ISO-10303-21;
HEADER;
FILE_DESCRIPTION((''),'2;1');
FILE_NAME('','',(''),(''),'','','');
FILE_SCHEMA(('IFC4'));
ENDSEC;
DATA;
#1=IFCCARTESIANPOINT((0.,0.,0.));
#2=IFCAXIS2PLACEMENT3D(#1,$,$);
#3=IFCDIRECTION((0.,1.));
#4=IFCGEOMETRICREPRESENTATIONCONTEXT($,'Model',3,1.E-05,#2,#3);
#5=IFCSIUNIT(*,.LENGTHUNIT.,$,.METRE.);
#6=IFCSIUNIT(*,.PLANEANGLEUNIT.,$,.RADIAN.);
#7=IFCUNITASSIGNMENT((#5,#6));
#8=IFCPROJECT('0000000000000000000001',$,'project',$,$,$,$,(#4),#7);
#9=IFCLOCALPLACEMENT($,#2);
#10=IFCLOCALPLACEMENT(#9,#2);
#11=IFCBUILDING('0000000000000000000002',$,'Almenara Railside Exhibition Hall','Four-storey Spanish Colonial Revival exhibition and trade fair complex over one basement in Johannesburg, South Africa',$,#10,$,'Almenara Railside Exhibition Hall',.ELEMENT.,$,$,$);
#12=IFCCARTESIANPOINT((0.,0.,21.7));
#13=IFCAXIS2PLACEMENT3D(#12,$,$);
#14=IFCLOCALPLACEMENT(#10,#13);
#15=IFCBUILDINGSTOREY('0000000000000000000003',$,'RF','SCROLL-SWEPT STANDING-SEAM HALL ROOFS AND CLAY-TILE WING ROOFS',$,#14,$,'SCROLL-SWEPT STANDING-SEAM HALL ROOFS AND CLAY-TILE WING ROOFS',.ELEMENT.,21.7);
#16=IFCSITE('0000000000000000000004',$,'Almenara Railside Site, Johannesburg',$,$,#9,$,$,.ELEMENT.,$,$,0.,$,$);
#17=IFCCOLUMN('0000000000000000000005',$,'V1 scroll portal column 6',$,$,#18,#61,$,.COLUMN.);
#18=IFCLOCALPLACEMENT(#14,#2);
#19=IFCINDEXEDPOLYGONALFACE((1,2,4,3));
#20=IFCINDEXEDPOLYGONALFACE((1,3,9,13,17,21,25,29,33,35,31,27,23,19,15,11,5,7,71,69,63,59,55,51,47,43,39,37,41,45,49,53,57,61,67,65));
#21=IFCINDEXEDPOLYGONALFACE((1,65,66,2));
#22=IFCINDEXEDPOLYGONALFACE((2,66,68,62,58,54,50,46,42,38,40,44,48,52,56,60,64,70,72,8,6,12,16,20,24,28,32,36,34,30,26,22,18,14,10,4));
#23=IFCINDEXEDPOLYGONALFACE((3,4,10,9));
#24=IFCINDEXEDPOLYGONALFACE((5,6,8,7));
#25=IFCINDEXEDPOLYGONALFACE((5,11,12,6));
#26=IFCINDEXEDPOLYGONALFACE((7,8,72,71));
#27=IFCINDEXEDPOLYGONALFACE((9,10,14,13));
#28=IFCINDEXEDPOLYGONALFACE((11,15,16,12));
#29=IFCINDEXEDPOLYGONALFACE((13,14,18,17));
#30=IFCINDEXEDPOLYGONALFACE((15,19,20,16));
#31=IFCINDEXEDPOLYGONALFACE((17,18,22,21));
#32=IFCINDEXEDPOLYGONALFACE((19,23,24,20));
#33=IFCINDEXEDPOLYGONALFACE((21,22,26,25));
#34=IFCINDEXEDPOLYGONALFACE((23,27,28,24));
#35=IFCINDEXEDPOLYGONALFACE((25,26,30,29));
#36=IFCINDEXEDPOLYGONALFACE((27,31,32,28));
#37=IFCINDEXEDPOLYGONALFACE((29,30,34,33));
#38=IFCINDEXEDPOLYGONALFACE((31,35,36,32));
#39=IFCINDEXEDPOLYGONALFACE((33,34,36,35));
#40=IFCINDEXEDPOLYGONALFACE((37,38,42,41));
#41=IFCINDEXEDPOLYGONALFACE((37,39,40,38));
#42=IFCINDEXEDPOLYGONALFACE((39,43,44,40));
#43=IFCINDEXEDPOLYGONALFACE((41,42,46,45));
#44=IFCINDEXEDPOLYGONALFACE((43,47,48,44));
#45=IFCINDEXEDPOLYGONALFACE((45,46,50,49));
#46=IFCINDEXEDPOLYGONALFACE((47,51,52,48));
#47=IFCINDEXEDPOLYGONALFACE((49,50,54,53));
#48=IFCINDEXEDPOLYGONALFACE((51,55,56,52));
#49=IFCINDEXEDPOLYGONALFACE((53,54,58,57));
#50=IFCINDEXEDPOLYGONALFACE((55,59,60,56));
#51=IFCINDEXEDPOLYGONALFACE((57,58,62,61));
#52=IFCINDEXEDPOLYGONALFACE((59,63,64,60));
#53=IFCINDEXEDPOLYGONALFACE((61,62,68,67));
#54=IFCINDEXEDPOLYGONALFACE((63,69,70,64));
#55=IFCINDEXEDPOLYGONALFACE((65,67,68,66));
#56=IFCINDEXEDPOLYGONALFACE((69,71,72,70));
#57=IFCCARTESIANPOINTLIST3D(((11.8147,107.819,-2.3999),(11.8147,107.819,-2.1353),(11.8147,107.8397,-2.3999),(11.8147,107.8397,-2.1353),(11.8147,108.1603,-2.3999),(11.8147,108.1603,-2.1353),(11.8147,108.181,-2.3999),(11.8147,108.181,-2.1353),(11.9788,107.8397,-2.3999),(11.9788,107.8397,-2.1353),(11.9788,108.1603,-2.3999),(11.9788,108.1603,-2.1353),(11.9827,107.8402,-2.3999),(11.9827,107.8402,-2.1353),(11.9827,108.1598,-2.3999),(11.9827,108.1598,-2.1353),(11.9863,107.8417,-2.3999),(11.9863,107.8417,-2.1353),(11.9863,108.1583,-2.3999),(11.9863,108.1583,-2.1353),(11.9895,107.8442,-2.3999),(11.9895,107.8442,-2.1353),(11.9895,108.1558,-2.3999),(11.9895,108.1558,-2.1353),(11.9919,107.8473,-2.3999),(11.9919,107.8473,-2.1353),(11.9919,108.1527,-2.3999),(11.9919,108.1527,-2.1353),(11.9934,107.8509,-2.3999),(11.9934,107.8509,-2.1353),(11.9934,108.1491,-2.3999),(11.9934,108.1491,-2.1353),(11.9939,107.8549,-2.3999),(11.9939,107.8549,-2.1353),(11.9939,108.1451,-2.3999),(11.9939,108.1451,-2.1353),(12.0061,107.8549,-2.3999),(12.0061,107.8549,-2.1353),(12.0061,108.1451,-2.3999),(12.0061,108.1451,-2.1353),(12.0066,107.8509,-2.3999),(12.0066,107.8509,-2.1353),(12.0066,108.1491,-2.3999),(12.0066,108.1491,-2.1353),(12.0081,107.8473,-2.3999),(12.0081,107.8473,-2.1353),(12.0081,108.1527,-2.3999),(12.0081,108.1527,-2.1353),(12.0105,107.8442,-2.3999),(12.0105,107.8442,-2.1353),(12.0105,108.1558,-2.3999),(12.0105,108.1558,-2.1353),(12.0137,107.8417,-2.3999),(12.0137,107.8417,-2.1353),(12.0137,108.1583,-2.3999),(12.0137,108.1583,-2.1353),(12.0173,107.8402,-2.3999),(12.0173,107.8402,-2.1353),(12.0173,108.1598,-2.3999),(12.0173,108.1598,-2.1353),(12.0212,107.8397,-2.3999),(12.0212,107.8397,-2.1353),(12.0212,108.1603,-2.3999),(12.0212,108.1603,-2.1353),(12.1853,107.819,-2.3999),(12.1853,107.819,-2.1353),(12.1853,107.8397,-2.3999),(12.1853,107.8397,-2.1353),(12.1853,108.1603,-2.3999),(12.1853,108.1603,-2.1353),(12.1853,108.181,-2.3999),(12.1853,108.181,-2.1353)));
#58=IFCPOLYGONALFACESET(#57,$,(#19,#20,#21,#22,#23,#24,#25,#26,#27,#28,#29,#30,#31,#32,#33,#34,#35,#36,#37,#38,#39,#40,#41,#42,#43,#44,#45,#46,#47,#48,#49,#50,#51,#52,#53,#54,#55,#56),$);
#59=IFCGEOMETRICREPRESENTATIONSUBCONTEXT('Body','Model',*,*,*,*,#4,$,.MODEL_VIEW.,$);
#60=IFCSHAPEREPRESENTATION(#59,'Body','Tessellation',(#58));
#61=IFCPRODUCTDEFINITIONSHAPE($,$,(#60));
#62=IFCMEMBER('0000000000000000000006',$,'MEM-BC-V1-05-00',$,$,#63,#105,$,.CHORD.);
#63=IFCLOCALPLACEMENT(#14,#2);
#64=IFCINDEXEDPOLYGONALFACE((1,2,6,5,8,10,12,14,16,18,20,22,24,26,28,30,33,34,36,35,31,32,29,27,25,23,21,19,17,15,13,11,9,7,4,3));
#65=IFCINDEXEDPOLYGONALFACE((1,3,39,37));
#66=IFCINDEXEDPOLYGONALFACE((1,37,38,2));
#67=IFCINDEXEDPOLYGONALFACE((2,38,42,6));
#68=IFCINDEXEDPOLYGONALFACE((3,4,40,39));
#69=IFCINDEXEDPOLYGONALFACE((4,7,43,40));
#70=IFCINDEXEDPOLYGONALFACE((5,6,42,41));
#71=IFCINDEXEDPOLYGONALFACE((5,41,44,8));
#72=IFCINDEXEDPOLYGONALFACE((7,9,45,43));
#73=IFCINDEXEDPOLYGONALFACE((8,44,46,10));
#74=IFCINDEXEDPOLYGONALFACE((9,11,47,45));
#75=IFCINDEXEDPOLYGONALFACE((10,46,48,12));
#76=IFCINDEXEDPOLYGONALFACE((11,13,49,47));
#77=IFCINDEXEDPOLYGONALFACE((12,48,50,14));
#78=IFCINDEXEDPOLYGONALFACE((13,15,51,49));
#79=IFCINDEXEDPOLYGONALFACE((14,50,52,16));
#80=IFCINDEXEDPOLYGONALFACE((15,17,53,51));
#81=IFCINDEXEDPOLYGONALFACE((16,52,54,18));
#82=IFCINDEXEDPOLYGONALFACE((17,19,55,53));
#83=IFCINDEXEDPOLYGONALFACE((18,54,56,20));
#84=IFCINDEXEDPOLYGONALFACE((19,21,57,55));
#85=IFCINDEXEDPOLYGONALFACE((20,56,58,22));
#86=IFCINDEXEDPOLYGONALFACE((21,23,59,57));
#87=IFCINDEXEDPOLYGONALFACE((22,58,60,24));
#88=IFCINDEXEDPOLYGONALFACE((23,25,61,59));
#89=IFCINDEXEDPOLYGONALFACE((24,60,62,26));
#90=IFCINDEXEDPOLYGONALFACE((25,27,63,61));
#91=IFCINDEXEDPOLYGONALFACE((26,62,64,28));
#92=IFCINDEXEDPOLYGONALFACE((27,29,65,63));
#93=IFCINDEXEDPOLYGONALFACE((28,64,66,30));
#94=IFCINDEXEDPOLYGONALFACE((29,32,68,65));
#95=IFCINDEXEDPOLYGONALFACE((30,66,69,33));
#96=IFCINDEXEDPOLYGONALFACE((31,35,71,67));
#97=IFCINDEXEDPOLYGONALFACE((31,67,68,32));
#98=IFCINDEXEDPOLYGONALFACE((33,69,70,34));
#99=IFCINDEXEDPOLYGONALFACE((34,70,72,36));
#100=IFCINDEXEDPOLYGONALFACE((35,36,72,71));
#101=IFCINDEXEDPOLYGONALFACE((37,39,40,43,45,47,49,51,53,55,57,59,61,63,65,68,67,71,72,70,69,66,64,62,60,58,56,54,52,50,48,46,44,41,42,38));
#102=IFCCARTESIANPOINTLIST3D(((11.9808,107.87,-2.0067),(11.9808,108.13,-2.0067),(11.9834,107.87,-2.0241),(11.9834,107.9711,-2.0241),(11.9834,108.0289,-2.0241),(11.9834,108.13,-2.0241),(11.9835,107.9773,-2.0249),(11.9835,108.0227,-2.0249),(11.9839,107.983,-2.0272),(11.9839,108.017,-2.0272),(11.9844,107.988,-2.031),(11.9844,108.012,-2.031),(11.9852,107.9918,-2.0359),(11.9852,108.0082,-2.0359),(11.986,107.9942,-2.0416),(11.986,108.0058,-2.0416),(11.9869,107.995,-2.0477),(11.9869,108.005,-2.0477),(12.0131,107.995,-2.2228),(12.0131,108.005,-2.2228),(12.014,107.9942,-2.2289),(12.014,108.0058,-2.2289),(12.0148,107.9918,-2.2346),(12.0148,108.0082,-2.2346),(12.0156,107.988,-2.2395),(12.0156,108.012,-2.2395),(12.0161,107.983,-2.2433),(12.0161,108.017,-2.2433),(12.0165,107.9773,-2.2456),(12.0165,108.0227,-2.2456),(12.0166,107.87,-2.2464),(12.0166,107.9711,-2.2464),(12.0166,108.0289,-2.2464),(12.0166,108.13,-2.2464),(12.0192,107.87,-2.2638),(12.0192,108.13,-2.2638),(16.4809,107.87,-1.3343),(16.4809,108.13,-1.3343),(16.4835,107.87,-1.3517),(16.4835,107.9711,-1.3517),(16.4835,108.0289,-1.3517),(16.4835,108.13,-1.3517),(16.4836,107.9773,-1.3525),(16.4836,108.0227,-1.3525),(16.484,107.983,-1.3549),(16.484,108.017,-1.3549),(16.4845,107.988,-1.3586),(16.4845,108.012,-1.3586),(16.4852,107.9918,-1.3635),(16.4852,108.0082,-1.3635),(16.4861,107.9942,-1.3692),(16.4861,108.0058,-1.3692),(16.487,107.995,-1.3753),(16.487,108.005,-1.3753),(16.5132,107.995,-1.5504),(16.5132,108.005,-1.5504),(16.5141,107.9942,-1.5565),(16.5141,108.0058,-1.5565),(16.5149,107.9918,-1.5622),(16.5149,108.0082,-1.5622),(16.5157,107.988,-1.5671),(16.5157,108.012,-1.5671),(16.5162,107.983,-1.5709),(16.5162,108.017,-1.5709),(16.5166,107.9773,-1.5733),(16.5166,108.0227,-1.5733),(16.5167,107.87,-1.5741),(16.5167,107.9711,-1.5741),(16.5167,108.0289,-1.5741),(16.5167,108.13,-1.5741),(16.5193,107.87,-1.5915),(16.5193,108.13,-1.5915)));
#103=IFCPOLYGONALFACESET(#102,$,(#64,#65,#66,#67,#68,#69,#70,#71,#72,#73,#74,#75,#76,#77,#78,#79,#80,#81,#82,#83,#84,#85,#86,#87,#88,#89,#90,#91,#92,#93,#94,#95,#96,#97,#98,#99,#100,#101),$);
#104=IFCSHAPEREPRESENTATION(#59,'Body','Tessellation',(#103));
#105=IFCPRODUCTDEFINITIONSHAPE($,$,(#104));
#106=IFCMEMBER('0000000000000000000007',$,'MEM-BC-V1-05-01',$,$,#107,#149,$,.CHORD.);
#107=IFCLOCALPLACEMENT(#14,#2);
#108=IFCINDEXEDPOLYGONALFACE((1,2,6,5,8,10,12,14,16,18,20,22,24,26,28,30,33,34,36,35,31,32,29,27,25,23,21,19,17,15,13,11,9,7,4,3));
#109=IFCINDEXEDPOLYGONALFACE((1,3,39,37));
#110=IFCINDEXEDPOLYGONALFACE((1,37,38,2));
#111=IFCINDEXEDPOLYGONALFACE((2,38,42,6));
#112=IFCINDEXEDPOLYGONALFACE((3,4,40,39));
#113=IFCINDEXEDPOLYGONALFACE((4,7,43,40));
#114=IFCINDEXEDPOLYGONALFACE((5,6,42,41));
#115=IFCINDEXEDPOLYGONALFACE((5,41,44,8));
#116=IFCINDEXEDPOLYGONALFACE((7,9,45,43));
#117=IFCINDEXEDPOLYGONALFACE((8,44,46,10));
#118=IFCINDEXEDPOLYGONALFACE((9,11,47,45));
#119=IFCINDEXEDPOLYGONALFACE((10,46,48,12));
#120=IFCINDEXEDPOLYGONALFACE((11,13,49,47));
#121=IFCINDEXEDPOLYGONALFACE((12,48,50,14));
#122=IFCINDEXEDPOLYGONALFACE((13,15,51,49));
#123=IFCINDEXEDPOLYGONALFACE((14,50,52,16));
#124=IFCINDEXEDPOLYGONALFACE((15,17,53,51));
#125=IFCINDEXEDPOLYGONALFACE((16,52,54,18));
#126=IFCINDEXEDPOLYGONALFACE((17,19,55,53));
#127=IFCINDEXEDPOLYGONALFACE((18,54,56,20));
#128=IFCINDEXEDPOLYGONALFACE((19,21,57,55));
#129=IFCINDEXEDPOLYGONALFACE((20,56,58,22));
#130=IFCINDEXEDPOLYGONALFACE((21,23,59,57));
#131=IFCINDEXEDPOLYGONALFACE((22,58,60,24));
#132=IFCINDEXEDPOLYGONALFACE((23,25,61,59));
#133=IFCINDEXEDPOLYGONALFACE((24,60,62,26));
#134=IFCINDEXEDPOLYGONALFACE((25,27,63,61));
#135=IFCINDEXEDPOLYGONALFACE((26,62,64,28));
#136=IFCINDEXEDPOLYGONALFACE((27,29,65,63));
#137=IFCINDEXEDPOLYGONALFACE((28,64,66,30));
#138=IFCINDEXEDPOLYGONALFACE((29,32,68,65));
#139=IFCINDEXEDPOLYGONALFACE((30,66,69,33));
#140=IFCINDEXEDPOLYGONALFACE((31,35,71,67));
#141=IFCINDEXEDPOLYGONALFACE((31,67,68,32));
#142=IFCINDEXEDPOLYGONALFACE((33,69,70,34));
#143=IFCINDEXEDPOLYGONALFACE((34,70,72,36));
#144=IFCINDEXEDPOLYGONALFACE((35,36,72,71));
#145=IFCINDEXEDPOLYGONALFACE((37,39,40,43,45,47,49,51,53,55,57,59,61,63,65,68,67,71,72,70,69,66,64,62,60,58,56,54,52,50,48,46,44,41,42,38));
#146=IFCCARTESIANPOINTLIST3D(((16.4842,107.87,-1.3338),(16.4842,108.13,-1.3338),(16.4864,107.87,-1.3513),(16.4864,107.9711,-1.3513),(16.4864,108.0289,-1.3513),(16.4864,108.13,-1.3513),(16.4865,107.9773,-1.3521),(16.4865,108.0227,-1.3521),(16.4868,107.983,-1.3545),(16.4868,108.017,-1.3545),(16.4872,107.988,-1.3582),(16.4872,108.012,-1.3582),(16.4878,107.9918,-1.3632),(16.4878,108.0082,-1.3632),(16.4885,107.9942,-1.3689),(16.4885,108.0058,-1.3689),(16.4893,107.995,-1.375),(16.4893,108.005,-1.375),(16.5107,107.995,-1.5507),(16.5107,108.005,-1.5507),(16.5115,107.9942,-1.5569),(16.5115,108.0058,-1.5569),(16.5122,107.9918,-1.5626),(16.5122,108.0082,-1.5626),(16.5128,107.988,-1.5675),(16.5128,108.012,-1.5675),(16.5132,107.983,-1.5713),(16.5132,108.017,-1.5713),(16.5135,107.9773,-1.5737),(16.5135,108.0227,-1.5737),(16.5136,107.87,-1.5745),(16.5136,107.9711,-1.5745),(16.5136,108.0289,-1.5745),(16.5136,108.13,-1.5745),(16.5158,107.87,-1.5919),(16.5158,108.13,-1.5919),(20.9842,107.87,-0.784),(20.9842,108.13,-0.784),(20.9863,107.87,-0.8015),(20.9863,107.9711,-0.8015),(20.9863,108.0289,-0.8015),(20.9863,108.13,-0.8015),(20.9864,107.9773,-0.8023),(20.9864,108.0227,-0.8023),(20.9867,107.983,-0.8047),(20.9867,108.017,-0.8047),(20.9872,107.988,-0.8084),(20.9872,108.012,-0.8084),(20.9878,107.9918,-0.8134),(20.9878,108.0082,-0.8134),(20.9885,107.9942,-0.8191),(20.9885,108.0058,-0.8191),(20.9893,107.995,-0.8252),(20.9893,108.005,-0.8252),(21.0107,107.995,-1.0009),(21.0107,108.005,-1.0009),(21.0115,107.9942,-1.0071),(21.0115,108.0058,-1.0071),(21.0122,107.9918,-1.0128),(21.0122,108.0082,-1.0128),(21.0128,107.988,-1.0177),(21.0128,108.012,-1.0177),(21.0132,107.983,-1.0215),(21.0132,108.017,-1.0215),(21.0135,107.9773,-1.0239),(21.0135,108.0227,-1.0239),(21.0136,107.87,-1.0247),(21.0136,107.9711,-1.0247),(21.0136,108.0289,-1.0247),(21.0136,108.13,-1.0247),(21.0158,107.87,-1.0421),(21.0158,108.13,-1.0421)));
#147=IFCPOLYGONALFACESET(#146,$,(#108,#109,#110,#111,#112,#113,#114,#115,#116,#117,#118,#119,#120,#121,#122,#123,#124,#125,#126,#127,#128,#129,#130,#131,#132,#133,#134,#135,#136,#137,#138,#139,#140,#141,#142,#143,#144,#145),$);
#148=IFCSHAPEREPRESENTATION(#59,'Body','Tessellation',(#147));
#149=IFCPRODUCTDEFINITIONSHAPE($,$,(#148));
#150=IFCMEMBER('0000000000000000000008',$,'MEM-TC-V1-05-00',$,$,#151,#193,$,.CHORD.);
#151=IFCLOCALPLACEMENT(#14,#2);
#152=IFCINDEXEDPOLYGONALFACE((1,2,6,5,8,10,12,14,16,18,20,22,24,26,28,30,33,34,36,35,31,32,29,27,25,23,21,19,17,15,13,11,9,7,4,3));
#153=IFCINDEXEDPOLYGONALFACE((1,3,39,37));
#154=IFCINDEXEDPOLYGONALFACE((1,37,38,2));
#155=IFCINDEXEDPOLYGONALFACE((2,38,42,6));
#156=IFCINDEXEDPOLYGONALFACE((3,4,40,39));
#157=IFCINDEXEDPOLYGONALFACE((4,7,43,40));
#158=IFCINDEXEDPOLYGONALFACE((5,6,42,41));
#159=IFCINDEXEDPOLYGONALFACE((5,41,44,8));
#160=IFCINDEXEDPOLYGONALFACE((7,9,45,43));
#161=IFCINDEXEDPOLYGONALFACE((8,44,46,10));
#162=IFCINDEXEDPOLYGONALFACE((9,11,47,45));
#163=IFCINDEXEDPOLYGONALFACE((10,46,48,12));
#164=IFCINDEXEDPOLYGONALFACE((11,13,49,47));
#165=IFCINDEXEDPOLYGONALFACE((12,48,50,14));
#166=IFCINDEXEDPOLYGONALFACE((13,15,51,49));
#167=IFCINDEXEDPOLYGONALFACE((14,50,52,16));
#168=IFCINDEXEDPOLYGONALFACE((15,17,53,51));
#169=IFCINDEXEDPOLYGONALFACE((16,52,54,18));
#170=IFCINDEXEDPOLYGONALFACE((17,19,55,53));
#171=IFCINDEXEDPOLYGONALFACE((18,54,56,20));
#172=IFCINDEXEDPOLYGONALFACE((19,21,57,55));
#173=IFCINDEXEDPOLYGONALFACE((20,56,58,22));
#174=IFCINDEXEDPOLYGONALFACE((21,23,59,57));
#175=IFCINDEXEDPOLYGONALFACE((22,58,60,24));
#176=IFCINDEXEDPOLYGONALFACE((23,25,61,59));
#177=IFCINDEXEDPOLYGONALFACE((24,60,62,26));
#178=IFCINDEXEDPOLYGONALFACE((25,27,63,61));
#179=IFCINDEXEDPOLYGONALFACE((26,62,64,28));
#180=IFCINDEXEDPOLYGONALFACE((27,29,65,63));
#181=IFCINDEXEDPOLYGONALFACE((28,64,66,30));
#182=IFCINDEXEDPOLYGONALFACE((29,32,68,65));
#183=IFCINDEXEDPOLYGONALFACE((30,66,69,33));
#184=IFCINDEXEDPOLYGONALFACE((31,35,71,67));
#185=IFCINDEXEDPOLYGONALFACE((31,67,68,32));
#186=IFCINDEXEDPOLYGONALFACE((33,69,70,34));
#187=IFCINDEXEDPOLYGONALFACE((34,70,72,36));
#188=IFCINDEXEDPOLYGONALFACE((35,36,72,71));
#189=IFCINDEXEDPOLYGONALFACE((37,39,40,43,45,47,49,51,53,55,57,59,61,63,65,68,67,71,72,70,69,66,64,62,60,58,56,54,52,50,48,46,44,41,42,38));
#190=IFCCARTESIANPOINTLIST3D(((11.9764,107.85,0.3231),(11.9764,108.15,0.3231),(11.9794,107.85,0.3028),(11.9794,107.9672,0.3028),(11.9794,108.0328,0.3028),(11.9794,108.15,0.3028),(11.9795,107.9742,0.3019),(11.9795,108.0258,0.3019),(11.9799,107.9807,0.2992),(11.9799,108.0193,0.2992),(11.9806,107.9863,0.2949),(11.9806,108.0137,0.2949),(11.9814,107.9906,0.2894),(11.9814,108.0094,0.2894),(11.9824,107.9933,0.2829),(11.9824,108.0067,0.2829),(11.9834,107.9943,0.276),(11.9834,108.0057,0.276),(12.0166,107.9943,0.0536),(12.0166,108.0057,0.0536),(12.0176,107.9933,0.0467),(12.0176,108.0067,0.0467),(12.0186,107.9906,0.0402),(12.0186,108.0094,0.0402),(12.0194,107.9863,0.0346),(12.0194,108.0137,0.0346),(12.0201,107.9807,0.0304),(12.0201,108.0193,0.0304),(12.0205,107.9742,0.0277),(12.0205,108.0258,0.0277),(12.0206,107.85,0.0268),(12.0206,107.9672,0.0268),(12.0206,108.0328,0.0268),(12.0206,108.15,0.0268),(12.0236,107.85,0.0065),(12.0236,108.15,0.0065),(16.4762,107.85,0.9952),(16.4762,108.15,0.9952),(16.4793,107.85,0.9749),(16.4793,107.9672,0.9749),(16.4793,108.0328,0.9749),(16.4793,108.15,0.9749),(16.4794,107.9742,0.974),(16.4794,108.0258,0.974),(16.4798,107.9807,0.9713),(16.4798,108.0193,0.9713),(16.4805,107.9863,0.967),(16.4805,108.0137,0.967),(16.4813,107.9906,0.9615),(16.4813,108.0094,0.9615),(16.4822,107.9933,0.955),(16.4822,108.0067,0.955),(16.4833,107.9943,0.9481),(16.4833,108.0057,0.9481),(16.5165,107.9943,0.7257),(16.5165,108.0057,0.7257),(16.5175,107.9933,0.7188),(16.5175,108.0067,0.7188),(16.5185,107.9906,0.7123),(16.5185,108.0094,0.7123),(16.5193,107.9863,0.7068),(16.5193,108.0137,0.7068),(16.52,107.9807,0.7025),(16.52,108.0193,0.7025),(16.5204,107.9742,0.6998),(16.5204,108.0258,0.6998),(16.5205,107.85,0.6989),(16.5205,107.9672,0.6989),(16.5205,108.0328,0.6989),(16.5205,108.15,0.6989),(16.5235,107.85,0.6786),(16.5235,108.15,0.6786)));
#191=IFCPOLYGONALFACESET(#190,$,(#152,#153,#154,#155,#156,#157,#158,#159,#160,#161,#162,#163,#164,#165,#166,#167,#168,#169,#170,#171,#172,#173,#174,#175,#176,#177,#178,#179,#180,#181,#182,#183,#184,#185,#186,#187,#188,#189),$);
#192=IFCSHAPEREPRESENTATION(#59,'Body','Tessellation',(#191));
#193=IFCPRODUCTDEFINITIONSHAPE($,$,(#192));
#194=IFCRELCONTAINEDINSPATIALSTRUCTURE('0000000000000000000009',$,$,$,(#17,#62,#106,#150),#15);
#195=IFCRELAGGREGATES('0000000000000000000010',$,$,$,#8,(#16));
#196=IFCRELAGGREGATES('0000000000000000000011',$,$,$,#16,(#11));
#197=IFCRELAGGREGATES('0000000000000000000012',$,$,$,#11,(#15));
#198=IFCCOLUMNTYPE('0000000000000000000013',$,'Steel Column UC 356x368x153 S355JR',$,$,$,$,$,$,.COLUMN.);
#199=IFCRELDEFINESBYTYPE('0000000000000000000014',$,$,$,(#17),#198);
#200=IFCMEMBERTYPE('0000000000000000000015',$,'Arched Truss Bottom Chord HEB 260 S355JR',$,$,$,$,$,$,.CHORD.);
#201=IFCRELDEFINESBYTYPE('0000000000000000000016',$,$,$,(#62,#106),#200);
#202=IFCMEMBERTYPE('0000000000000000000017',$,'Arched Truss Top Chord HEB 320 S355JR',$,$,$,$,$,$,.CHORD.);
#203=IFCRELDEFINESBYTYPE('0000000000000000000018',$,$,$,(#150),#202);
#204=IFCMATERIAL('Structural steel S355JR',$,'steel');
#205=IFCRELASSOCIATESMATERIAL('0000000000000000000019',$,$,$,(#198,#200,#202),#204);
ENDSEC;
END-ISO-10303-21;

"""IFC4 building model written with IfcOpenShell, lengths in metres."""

from ifc_helpers import new_model, si_unit, direction, frame, origin, origin_2d, place, context, subcontext, project, spatial, i_section, extrude, material, material_profile, profile_set, type_object, element, save


model = new_model("IFC4")

# Units and contexts
model_context = context("Model", 3, precision=1e-05, world=origin(), true_north=direction((0.0, 1.0)))
body_context = subcontext(model_context, "Body", "Model", "MODEL_VIEW")
ifc_project = project(units=[si_unit("LENGTHUNIT", "METRE"), si_unit("PLANEANGLEUNIT", "RADIAN")], contexts=[model_context])

# Site, building, storey
site_placement = place(None, origin())
site = spatial("IfcSite", under=ifc_project, at=site_placement, Name="Almenara Railside Site, Johannesburg", CompositionType="ELEMENT", RefElevation=0.0)
building_placement = place(site_placement, origin())
building = spatial("IfcBuilding", under=site, at=building_placement, Name="Almenara Railside Exhibition Hall", Description="Four-storey Spanish Colonial Revival exhibition and trade fair complex over one basement in Johannesburg, South Africa", LongName="Almenara Railside Exhibition Hall", CompositionType="ELEMENT")
storey_placement = place(building_placement, frame((0.0, 0.0, 21.7)))
storey = spatial("IfcBuildingStorey", under=building, at=storey_placement, Name="RF", Description="SCROLL-SWEPT STANDING-SEAM HALL ROOFS AND CLAY-TILE WING ROOFS", LongName="SCROLL-SWEPT STANDING-SEAM HALL ROOFS AND CLAY-TILE WING ROOFS", CompositionType="ELEMENT", Elevation=21.7)

# Column
ifc_material_1 = material(Name="Structural steel S355JR", Category="steel")
ifc_material_profile_1 = material_profile(ifc_material_1, i_section(OverallWidth=0.3706, OverallDepth=0.3621, WebThickness=0.0122, FlangeThickness=0.0208, FilletRadius=0.0151, at=origin_2d()), Name="UC 356x368x153")
ifc_profile_set_1 = profile_set([ifc_material_profile_1], Name="Structural steel S355JR")
column_type = type_object("IfcColumnType", Name="Steel Column UC 356x368x153 S355JR", PredefinedType="COLUMN", material=ifc_profile_set_1)
column_placement = place(storey_placement, frame((12.0, 108.0, -2.3999), z_axis=(0.0, 0.0, 1.0), x_axis=(1.0, 0.0, 0.0)))
element("IfcColumn", 1, at=column_placement, inside=storey, type_object=column_type, Name="V1 scroll portal column 6", PredefinedType="COLUMN", context=body_context, shape_type="SweptSolid", body=[
    extrude(i_section(OverallWidth=0.3706, OverallDepth=0.3621, WebThickness=0.0122, FlangeThickness=0.0208, FilletRadius=0.0151, at=origin_2d()), origin(), (0.0, 0.0, 1.0), 0.2646),
])

# Members
ifc_material_profile_2 = material_profile(ifc_material_1, i_section(OverallWidth=0.26, OverallDepth=0.26, WebThickness=0.01, FlangeThickness=0.0176, FilletRadius=0.0239, at=origin_2d()), Name="HEB 260")
ifc_profile_set_2 = profile_set([ifc_material_profile_2], Name="Structural steel S355JR")
member_type_1 = type_object("IfcMemberType", Name="Arched Truss Bottom Chord HEB 260 S355JR", PredefinedType="CHORD", material=ifc_profile_set_2)
member_1_placement = place(storey_placement, frame((12.0, 108.0, -2.1353), z_axis=(0.989021, 0.0, 0.147774), x_axis=(0.0, 1.0, 0.0)))
element("IfcMember", 2, at=member_1_placement, inside=storey, type_object=member_type_1, Name="MEM-BC-V1-05-00", PredefinedType="CHORD", context=body_context, shape_type="SweptSolid", body=[
    extrude(i_section(OverallWidth=0.26, OverallDepth=0.26, WebThickness=0.01, FlangeThickness=0.0176, FilletRadius=0.0239, at=origin_2d()), origin(), (0.0, 0.0, 1.0), 4.55),
])
member_2_placement = place(storey_placement, frame((16.5, 108.0, -1.4629), z_axis=(0.992619, 0.0, 0.121277), x_axis=(0.0, 1.0, 0.0)))
element("IfcMember", 3, at=member_2_placement, inside=storey, type_object=member_type_1, Name="MEM-BC-V1-05-01", PredefinedType="CHORD", context=body_context, shape_type="SweptSolid", body=[
    extrude(i_section(OverallWidth=0.26, OverallDepth=0.26, WebThickness=0.01, FlangeThickness=0.0176, FilletRadius=0.0239, at=origin_2d()), origin(), (0.0, 0.0, 1.0), 4.5334),
])
ifc_material_profile_3 = material_profile(ifc_material_1, i_section(OverallWidth=0.3, OverallDepth=0.3201, WebThickness=0.0115, FlangeThickness=0.0205, FilletRadius=0.0271, at=origin_2d()), Name="HEB 320")
ifc_profile_set_3 = profile_set([ifc_material_profile_3], Name="Structural steel S355JR")
member_type_2 = type_object("IfcMemberType", Name="Arched Truss Top Chord HEB 320 S355JR", PredefinedType="CHORD", material=ifc_profile_set_3)
member_3_placement = place(storey_placement, frame((12.0, 108.0, 0.1648), z_axis=(0.989029, 0.0, 0.147721), x_axis=(0.0, 1.0, 0.0)))
element("IfcMember", 4, at=member_3_placement, inside=storey, type_object=member_type_2, Name="MEM-TC-V1-05-00", PredefinedType="CHORD", context=body_context, shape_type="SweptSolid", body=[
    extrude(i_section(OverallWidth=0.3, OverallDepth=0.3201, WebThickness=0.0115, FlangeThickness=0.0205, FilletRadius=0.0271, at=origin_2d()), origin(), (0.0, 0.0, 1.0), 4.5498),
])

save(model, "model.ifc")
